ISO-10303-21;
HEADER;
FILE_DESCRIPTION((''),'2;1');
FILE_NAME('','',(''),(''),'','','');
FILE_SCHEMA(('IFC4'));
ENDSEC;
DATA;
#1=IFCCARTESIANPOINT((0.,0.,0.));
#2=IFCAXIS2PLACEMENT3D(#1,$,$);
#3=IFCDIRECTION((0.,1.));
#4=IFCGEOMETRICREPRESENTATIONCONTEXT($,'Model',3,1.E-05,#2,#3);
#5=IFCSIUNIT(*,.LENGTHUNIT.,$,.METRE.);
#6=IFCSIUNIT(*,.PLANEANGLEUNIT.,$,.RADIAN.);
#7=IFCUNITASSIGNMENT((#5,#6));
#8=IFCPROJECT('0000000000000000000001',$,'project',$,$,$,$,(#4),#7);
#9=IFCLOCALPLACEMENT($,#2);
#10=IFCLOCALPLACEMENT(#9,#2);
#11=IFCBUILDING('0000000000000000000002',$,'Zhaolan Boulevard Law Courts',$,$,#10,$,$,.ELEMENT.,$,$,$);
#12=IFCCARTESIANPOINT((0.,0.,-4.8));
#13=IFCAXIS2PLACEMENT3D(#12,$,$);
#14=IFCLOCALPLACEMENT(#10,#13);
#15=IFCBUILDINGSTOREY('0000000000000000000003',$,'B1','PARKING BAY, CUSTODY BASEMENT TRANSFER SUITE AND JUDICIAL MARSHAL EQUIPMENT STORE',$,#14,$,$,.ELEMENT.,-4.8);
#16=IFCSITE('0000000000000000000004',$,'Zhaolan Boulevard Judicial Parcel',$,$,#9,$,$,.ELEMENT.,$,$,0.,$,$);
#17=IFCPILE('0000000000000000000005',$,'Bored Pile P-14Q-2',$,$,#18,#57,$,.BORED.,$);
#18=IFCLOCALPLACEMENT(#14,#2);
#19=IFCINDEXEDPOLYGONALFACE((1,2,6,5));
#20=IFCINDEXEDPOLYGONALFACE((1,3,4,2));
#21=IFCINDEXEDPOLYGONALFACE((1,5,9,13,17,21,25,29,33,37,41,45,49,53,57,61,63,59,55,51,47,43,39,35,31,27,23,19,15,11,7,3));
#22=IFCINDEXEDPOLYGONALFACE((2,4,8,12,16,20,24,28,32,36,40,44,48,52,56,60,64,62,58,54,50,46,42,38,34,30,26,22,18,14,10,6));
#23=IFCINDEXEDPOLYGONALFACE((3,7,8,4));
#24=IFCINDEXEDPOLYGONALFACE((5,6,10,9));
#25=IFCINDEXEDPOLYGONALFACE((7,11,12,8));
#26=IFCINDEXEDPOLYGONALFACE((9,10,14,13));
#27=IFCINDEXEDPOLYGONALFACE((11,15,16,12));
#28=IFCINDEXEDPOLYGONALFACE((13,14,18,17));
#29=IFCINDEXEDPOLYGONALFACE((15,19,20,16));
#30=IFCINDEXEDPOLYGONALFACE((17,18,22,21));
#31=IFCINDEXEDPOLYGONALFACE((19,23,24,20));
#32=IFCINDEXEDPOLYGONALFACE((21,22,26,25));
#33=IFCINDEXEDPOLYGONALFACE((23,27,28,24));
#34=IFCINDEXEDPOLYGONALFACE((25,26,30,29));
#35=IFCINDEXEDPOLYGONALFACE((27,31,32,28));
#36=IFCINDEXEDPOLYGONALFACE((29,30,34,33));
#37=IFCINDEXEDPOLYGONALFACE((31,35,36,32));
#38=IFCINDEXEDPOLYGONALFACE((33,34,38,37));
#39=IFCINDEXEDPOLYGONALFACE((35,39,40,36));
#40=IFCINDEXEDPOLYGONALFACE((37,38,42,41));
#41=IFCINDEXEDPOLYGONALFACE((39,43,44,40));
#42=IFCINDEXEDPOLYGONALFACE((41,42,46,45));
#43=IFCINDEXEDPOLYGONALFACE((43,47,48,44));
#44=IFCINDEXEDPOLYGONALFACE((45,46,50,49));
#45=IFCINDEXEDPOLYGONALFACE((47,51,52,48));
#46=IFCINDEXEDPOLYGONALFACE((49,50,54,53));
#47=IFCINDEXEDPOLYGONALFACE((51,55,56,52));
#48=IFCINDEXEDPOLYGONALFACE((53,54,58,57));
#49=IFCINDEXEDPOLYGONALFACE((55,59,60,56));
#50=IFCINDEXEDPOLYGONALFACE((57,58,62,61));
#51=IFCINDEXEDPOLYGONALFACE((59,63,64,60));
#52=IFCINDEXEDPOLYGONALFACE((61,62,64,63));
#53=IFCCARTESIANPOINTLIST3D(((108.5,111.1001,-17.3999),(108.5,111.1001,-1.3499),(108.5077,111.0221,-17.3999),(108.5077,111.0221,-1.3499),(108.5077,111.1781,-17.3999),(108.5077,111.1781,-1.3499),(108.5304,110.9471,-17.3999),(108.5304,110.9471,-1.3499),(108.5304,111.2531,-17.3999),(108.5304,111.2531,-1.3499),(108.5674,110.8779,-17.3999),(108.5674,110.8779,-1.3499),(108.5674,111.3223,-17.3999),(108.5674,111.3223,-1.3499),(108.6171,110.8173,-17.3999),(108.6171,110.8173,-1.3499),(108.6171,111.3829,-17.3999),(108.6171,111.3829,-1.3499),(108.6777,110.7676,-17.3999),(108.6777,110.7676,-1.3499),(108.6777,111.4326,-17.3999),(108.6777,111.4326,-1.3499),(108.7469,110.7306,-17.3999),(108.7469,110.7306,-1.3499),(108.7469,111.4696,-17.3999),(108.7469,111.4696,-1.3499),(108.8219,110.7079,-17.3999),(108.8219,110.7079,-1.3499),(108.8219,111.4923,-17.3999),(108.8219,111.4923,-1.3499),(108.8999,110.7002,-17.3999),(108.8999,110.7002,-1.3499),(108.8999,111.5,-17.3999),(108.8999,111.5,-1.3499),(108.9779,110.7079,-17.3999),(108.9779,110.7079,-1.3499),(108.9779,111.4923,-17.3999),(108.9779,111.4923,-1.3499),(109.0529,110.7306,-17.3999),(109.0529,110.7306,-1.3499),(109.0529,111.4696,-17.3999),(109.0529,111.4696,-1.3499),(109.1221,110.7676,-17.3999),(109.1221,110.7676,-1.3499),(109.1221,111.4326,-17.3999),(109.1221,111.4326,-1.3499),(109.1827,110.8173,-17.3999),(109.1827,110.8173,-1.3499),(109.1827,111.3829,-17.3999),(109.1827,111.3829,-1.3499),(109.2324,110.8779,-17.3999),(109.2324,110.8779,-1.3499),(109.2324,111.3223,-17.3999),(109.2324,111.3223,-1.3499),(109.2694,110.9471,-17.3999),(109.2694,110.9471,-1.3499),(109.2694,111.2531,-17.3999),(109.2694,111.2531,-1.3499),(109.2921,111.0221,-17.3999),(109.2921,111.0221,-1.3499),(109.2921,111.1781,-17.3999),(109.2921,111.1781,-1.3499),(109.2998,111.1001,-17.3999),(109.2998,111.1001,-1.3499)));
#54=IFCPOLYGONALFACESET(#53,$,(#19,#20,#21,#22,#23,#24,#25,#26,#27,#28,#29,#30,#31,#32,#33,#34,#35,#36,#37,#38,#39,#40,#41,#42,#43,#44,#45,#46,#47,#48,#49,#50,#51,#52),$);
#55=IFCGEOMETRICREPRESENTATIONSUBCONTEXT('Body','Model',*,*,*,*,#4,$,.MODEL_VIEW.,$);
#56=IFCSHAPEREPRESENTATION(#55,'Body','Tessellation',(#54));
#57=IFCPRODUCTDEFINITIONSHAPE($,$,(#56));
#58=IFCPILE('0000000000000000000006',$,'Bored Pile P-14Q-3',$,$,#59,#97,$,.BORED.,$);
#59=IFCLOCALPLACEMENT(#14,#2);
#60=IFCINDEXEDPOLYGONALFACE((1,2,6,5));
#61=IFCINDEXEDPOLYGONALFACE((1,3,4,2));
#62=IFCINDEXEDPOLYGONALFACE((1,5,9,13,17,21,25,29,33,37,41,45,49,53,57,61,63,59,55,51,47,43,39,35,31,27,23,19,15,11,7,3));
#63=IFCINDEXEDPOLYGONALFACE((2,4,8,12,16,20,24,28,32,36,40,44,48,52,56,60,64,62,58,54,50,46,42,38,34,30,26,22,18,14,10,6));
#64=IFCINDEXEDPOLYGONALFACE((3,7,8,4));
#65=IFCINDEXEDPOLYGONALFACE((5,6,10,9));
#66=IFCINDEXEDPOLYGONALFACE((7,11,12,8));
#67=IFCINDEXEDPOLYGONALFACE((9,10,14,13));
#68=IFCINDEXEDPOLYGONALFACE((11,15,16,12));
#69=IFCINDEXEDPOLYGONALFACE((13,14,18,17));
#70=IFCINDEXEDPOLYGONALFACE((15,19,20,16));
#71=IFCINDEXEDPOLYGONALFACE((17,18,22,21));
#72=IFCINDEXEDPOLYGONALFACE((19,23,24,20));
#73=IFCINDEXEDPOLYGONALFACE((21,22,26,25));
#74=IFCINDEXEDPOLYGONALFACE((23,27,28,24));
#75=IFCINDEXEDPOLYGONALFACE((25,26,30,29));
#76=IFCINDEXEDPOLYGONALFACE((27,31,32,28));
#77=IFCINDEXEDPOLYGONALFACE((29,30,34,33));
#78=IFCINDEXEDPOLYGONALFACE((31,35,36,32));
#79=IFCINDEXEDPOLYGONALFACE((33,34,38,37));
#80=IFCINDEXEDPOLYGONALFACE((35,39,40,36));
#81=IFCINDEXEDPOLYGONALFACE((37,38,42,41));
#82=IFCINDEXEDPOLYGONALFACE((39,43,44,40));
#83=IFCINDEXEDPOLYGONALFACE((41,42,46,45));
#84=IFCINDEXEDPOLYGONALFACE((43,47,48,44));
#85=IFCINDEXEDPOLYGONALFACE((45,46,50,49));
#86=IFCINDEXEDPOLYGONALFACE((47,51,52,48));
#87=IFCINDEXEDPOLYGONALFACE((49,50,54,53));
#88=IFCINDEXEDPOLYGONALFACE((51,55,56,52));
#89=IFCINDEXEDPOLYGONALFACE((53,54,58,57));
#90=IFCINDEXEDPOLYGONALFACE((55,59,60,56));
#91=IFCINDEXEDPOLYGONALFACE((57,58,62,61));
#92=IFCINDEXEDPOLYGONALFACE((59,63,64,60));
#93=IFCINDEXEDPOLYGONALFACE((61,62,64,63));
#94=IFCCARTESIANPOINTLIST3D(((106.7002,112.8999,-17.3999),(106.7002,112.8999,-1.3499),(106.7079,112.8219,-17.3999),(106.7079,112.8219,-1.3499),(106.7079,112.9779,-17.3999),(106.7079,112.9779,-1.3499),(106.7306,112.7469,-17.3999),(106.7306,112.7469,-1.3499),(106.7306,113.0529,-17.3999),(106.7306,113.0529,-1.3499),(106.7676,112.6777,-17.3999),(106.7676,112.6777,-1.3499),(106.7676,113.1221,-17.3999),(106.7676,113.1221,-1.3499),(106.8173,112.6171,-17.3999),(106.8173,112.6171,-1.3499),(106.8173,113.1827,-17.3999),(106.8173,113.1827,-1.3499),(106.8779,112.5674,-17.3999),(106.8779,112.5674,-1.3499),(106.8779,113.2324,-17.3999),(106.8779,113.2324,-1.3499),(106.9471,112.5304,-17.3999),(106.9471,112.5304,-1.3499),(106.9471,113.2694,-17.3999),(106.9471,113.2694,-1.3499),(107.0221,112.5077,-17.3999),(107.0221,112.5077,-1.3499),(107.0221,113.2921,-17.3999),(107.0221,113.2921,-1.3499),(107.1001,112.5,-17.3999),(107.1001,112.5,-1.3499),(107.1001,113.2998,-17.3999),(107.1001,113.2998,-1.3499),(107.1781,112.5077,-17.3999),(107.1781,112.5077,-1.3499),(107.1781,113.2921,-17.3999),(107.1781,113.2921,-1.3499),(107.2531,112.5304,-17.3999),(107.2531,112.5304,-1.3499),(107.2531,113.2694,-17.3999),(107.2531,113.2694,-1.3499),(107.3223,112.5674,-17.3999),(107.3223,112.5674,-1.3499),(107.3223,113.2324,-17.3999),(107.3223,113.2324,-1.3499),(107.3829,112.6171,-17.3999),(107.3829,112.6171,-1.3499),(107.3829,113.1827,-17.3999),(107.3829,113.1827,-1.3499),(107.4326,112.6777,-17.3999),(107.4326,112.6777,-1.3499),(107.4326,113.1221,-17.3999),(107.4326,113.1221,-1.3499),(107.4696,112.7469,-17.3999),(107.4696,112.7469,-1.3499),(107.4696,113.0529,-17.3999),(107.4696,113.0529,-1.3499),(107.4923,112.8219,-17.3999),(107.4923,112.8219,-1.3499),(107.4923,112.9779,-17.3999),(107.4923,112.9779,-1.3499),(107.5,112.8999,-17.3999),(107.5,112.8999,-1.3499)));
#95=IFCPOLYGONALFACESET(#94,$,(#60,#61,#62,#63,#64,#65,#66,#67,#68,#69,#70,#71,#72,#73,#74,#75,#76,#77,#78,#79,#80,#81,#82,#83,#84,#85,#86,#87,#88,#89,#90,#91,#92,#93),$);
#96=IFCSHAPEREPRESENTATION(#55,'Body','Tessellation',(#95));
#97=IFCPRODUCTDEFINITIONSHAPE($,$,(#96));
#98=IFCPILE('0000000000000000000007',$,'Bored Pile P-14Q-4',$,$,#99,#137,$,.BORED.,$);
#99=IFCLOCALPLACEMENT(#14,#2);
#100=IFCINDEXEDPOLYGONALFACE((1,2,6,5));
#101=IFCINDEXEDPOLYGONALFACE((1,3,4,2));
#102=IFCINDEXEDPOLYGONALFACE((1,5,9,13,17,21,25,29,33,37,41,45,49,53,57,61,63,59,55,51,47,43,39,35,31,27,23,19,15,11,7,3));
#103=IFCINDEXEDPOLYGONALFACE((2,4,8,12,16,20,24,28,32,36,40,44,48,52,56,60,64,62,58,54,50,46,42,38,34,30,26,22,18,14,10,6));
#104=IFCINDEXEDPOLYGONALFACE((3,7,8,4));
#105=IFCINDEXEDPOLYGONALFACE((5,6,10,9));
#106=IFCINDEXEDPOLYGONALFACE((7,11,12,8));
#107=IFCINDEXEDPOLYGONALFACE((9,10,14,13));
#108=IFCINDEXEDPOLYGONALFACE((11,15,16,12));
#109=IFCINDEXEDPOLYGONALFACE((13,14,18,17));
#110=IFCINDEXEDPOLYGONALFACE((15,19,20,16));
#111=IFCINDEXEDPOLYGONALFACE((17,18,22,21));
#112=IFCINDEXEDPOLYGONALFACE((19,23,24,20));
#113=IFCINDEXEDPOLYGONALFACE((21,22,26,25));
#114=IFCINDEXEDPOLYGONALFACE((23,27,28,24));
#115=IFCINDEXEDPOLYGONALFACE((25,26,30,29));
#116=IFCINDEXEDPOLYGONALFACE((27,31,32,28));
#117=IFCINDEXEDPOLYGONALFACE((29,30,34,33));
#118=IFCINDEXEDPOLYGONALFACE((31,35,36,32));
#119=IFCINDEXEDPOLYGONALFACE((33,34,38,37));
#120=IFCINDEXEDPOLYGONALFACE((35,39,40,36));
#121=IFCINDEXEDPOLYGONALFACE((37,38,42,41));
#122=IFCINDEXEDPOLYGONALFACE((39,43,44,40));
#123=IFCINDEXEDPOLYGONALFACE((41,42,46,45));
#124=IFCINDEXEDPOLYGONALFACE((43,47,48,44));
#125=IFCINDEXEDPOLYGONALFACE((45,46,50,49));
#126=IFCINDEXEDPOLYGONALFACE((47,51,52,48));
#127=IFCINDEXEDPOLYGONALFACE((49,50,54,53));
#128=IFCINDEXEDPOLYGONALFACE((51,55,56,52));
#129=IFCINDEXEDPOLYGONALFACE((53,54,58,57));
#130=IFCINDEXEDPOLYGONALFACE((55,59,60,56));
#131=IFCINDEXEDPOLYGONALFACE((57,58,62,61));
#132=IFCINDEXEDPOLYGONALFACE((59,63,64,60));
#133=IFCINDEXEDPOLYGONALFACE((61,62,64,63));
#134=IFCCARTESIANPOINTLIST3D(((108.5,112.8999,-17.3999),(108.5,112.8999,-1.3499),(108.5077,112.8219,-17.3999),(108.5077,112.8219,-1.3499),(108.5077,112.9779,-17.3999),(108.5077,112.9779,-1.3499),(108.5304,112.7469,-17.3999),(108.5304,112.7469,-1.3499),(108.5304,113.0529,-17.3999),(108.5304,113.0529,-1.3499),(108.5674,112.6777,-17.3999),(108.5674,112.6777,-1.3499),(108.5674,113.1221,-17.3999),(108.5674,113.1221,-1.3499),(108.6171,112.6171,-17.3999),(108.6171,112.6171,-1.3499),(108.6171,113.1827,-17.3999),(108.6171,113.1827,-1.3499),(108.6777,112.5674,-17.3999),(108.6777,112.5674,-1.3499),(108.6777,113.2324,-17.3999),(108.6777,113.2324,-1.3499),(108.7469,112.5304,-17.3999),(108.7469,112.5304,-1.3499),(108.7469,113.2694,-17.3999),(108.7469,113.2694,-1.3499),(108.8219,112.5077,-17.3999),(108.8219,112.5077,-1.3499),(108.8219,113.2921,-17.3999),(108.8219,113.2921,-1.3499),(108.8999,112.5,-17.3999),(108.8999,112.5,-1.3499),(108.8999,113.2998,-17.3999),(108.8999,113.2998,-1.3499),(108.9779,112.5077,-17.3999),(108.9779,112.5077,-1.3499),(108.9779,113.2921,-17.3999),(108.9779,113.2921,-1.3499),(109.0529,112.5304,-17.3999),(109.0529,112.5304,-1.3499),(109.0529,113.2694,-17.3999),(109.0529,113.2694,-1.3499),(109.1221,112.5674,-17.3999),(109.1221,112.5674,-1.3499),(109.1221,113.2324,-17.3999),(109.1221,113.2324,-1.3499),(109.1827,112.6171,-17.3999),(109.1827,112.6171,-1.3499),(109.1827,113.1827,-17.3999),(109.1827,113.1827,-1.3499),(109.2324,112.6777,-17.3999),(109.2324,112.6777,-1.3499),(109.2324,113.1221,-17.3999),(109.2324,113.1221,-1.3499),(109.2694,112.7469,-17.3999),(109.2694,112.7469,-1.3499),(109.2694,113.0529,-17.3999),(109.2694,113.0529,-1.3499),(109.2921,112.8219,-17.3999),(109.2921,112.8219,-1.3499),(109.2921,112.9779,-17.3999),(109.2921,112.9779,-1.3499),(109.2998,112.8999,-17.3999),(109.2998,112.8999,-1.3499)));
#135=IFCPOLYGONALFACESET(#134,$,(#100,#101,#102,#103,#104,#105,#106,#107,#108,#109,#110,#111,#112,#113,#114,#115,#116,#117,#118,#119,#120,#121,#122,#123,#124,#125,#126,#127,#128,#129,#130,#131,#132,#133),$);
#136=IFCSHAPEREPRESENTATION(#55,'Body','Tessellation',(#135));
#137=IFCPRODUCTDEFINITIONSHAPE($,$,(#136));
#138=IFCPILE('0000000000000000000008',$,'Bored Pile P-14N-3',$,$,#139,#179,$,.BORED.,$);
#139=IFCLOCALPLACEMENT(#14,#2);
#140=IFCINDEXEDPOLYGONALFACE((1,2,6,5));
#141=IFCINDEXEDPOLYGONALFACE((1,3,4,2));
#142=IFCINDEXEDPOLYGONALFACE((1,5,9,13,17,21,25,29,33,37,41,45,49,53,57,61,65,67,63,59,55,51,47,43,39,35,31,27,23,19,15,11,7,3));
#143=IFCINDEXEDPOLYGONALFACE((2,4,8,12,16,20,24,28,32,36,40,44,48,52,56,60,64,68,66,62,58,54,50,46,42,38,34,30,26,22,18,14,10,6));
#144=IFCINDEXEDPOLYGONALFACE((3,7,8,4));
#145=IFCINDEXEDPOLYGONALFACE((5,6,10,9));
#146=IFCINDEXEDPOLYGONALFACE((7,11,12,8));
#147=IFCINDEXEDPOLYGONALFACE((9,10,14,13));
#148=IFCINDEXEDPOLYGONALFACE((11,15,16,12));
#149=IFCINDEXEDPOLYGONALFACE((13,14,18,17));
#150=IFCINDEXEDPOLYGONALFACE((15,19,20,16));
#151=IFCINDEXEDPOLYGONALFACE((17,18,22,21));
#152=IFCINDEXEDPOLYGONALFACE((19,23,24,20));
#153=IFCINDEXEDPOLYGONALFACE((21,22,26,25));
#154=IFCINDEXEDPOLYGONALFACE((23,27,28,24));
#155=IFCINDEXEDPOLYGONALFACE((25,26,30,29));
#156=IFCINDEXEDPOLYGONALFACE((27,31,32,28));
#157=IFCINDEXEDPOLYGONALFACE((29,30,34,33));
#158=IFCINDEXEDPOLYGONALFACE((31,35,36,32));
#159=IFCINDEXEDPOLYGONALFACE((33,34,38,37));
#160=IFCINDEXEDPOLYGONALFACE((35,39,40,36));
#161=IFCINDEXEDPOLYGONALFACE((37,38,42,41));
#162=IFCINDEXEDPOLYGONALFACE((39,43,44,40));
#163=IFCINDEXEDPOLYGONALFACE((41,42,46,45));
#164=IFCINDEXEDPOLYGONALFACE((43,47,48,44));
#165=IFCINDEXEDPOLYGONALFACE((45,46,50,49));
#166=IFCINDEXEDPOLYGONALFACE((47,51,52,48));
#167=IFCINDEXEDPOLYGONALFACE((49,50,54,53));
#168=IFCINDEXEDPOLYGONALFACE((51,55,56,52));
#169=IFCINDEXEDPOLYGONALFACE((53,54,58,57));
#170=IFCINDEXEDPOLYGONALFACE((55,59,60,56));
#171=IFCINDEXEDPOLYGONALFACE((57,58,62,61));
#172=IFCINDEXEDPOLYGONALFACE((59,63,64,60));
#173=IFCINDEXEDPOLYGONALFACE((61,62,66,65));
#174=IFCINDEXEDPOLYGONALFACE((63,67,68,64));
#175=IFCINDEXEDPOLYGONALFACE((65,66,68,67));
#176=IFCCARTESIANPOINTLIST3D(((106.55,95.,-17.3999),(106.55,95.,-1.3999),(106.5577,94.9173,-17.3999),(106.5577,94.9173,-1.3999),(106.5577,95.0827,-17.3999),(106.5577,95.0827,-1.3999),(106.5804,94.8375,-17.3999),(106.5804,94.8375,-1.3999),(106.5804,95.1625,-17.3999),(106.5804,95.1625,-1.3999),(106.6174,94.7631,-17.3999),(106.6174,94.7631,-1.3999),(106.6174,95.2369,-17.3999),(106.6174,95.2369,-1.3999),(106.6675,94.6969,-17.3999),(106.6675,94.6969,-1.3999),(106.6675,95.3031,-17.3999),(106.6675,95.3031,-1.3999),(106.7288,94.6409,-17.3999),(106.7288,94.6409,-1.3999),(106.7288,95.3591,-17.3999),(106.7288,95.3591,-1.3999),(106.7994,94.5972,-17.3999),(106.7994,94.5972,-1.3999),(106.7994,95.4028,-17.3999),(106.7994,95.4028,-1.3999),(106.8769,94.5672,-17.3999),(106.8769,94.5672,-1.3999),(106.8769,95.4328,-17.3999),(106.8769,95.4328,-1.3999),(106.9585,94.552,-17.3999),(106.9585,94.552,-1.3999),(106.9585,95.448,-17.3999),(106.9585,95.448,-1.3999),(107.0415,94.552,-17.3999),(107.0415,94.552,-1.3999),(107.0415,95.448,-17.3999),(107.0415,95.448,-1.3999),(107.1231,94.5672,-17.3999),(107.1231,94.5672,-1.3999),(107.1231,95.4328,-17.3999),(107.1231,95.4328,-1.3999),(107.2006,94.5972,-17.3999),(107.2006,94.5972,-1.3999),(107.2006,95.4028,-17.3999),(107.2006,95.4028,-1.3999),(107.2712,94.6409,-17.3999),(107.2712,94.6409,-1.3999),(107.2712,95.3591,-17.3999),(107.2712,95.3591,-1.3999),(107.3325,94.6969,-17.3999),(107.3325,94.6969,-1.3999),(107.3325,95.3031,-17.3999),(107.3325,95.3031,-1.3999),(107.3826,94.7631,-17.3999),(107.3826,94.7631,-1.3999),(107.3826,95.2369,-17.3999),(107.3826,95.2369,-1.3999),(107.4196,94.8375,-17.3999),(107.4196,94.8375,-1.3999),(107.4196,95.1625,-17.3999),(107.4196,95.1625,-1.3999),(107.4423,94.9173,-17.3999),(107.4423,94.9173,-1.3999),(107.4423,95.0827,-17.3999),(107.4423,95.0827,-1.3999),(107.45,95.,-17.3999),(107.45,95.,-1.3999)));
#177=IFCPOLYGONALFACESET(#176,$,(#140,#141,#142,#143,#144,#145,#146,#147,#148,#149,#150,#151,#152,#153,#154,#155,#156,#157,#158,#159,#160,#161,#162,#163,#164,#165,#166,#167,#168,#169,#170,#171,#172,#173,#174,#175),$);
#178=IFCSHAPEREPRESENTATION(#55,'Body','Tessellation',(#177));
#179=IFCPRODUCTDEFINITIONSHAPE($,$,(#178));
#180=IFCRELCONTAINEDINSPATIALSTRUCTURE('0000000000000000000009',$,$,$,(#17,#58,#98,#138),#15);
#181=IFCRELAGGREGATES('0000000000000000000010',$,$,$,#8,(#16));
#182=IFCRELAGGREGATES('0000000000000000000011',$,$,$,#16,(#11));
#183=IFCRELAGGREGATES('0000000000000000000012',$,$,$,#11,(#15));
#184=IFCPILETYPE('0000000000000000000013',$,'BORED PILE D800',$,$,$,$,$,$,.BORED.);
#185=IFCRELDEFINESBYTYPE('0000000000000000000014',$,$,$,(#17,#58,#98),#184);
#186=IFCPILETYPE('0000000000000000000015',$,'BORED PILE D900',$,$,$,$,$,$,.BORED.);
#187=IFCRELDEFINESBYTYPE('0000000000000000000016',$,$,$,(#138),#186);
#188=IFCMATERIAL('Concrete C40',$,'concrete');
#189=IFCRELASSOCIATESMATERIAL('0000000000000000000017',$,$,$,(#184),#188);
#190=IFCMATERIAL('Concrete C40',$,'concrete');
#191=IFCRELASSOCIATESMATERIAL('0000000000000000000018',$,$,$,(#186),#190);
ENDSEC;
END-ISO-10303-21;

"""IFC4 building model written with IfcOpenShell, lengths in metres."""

from ifc_helpers import new_model, si_unit, direction, frame, origin, origin_2d, place, context, subcontext, project, spatial, circle, extrude, material, material_profile, profile_set, type_object, element, save


model = new_model("IFC4")

# Units and contexts
model_context = context("Model", 3, precision=1e-05, world=origin(), true_north=direction((0.0, 1.0)))
body_context = subcontext(model_context, "Body", "Model", "MODEL_VIEW")
ifc_project = project(units=[si_unit("LENGTHUNIT", "METRE"), si_unit("PLANEANGLEUNIT", "RADIAN")], contexts=[model_context])

# Site, building, storey
site_placement = place(None, origin())
site = spatial("IfcSite", under=ifc_project, at=site_placement, Name="Zhaolan Boulevard Judicial Parcel", CompositionType="ELEMENT", RefElevation=0.0)
building_placement = place(site_placement, origin())
building = spatial("IfcBuilding", under=site, at=building_placement, Name="Zhaolan Boulevard Law Courts", CompositionType="ELEMENT")
storey_placement = place(building_placement, frame((0.0, 0.0, -4.8)))
storey = spatial("IfcBuildingStorey", under=building, at=storey_placement, Name="B1", Description="PARKING BAY, CUSTODY BASEMENT TRANSFER SUITE AND JUDICIAL MARSHAL EQUIPMENT STORE", CompositionType="ELEMENT", Elevation=-4.8)

# Piles
ifc_material_1 = material(Name="Concrete C40", Category="concrete")
ifc_material_profile_1 = material_profile(ifc_material_1, circle(Radius=0.3999, at=origin_2d()), Name="PILE-D800")
ifc_profile_set_1 = profile_set([ifc_material_profile_1], Name="Concrete C40")
pile_type_1 = type_object("IfcPileType", Name="BORED PILE D800", PredefinedType="BORED", material=ifc_profile_set_1)
for number, where, z_axis, x_axis, name in (
    (1, (108.8999, 111.1001, -1.3499), (0.0, 0.0, -1.0), (1.0, 0.0, 0.0), "Bored Pile P-14Q-2"),
    (2, (107.1001, 112.8999, -1.3499), (0.0, 0.0, -1.0), (1.0, 0.0, 0.0), "Bored Pile P-14Q-3"),
    (3, (108.8999, 112.8999, -1.3499), (0.0, 0.0, -1.0), (1.0, 0.0, 0.0), "Bored Pile P-14Q-4"),
):
    element("IfcPile", number, at=place(storey_placement, frame(where, z_axis=z_axis, x_axis=x_axis)), inside=storey, type_object=pile_type_1, Name=name, PredefinedType="BORED", context=body_context, shape_type="SweptSolid", body=[
        extrude(circle(Radius=0.3999, at=origin_2d()), origin(), (0.0, 0.0, 1.0), 16.05),
    ])
ifc_material_2 = material(Name="Concrete C40", Category="concrete")
ifc_material_profile_2 = material_profile(ifc_material_2, circle(Radius=0.45, at=origin_2d()), Name="PILE-D900")
ifc_profile_set_2 = profile_set([ifc_material_profile_2], Name="Concrete C40")
pile_type_2 = type_object("IfcPileType", Name="BORED PILE D900", PredefinedType="BORED", material=ifc_profile_set_2)
for number, where, z_axis, x_axis, name in (
    (4, (107.0, 95.0, -1.3999), (0.0, 0.0, -1.0), (1.0, 0.0, 0.0), "Bored Pile P-14N-3"),
):
    element("IfcPile", number, at=place(storey_placement, frame(where, z_axis=z_axis, x_axis=x_axis)), inside=storey, type_object=pile_type_2, Name=name, PredefinedType="BORED", context=body_context, shape_type="SweptSolid", body=[
        extrude(circle(Radius=0.45, at=origin_2d()), origin(), (0.0, 0.0, 1.0), 16.0),
    ])

save(model, "model.ifc")
